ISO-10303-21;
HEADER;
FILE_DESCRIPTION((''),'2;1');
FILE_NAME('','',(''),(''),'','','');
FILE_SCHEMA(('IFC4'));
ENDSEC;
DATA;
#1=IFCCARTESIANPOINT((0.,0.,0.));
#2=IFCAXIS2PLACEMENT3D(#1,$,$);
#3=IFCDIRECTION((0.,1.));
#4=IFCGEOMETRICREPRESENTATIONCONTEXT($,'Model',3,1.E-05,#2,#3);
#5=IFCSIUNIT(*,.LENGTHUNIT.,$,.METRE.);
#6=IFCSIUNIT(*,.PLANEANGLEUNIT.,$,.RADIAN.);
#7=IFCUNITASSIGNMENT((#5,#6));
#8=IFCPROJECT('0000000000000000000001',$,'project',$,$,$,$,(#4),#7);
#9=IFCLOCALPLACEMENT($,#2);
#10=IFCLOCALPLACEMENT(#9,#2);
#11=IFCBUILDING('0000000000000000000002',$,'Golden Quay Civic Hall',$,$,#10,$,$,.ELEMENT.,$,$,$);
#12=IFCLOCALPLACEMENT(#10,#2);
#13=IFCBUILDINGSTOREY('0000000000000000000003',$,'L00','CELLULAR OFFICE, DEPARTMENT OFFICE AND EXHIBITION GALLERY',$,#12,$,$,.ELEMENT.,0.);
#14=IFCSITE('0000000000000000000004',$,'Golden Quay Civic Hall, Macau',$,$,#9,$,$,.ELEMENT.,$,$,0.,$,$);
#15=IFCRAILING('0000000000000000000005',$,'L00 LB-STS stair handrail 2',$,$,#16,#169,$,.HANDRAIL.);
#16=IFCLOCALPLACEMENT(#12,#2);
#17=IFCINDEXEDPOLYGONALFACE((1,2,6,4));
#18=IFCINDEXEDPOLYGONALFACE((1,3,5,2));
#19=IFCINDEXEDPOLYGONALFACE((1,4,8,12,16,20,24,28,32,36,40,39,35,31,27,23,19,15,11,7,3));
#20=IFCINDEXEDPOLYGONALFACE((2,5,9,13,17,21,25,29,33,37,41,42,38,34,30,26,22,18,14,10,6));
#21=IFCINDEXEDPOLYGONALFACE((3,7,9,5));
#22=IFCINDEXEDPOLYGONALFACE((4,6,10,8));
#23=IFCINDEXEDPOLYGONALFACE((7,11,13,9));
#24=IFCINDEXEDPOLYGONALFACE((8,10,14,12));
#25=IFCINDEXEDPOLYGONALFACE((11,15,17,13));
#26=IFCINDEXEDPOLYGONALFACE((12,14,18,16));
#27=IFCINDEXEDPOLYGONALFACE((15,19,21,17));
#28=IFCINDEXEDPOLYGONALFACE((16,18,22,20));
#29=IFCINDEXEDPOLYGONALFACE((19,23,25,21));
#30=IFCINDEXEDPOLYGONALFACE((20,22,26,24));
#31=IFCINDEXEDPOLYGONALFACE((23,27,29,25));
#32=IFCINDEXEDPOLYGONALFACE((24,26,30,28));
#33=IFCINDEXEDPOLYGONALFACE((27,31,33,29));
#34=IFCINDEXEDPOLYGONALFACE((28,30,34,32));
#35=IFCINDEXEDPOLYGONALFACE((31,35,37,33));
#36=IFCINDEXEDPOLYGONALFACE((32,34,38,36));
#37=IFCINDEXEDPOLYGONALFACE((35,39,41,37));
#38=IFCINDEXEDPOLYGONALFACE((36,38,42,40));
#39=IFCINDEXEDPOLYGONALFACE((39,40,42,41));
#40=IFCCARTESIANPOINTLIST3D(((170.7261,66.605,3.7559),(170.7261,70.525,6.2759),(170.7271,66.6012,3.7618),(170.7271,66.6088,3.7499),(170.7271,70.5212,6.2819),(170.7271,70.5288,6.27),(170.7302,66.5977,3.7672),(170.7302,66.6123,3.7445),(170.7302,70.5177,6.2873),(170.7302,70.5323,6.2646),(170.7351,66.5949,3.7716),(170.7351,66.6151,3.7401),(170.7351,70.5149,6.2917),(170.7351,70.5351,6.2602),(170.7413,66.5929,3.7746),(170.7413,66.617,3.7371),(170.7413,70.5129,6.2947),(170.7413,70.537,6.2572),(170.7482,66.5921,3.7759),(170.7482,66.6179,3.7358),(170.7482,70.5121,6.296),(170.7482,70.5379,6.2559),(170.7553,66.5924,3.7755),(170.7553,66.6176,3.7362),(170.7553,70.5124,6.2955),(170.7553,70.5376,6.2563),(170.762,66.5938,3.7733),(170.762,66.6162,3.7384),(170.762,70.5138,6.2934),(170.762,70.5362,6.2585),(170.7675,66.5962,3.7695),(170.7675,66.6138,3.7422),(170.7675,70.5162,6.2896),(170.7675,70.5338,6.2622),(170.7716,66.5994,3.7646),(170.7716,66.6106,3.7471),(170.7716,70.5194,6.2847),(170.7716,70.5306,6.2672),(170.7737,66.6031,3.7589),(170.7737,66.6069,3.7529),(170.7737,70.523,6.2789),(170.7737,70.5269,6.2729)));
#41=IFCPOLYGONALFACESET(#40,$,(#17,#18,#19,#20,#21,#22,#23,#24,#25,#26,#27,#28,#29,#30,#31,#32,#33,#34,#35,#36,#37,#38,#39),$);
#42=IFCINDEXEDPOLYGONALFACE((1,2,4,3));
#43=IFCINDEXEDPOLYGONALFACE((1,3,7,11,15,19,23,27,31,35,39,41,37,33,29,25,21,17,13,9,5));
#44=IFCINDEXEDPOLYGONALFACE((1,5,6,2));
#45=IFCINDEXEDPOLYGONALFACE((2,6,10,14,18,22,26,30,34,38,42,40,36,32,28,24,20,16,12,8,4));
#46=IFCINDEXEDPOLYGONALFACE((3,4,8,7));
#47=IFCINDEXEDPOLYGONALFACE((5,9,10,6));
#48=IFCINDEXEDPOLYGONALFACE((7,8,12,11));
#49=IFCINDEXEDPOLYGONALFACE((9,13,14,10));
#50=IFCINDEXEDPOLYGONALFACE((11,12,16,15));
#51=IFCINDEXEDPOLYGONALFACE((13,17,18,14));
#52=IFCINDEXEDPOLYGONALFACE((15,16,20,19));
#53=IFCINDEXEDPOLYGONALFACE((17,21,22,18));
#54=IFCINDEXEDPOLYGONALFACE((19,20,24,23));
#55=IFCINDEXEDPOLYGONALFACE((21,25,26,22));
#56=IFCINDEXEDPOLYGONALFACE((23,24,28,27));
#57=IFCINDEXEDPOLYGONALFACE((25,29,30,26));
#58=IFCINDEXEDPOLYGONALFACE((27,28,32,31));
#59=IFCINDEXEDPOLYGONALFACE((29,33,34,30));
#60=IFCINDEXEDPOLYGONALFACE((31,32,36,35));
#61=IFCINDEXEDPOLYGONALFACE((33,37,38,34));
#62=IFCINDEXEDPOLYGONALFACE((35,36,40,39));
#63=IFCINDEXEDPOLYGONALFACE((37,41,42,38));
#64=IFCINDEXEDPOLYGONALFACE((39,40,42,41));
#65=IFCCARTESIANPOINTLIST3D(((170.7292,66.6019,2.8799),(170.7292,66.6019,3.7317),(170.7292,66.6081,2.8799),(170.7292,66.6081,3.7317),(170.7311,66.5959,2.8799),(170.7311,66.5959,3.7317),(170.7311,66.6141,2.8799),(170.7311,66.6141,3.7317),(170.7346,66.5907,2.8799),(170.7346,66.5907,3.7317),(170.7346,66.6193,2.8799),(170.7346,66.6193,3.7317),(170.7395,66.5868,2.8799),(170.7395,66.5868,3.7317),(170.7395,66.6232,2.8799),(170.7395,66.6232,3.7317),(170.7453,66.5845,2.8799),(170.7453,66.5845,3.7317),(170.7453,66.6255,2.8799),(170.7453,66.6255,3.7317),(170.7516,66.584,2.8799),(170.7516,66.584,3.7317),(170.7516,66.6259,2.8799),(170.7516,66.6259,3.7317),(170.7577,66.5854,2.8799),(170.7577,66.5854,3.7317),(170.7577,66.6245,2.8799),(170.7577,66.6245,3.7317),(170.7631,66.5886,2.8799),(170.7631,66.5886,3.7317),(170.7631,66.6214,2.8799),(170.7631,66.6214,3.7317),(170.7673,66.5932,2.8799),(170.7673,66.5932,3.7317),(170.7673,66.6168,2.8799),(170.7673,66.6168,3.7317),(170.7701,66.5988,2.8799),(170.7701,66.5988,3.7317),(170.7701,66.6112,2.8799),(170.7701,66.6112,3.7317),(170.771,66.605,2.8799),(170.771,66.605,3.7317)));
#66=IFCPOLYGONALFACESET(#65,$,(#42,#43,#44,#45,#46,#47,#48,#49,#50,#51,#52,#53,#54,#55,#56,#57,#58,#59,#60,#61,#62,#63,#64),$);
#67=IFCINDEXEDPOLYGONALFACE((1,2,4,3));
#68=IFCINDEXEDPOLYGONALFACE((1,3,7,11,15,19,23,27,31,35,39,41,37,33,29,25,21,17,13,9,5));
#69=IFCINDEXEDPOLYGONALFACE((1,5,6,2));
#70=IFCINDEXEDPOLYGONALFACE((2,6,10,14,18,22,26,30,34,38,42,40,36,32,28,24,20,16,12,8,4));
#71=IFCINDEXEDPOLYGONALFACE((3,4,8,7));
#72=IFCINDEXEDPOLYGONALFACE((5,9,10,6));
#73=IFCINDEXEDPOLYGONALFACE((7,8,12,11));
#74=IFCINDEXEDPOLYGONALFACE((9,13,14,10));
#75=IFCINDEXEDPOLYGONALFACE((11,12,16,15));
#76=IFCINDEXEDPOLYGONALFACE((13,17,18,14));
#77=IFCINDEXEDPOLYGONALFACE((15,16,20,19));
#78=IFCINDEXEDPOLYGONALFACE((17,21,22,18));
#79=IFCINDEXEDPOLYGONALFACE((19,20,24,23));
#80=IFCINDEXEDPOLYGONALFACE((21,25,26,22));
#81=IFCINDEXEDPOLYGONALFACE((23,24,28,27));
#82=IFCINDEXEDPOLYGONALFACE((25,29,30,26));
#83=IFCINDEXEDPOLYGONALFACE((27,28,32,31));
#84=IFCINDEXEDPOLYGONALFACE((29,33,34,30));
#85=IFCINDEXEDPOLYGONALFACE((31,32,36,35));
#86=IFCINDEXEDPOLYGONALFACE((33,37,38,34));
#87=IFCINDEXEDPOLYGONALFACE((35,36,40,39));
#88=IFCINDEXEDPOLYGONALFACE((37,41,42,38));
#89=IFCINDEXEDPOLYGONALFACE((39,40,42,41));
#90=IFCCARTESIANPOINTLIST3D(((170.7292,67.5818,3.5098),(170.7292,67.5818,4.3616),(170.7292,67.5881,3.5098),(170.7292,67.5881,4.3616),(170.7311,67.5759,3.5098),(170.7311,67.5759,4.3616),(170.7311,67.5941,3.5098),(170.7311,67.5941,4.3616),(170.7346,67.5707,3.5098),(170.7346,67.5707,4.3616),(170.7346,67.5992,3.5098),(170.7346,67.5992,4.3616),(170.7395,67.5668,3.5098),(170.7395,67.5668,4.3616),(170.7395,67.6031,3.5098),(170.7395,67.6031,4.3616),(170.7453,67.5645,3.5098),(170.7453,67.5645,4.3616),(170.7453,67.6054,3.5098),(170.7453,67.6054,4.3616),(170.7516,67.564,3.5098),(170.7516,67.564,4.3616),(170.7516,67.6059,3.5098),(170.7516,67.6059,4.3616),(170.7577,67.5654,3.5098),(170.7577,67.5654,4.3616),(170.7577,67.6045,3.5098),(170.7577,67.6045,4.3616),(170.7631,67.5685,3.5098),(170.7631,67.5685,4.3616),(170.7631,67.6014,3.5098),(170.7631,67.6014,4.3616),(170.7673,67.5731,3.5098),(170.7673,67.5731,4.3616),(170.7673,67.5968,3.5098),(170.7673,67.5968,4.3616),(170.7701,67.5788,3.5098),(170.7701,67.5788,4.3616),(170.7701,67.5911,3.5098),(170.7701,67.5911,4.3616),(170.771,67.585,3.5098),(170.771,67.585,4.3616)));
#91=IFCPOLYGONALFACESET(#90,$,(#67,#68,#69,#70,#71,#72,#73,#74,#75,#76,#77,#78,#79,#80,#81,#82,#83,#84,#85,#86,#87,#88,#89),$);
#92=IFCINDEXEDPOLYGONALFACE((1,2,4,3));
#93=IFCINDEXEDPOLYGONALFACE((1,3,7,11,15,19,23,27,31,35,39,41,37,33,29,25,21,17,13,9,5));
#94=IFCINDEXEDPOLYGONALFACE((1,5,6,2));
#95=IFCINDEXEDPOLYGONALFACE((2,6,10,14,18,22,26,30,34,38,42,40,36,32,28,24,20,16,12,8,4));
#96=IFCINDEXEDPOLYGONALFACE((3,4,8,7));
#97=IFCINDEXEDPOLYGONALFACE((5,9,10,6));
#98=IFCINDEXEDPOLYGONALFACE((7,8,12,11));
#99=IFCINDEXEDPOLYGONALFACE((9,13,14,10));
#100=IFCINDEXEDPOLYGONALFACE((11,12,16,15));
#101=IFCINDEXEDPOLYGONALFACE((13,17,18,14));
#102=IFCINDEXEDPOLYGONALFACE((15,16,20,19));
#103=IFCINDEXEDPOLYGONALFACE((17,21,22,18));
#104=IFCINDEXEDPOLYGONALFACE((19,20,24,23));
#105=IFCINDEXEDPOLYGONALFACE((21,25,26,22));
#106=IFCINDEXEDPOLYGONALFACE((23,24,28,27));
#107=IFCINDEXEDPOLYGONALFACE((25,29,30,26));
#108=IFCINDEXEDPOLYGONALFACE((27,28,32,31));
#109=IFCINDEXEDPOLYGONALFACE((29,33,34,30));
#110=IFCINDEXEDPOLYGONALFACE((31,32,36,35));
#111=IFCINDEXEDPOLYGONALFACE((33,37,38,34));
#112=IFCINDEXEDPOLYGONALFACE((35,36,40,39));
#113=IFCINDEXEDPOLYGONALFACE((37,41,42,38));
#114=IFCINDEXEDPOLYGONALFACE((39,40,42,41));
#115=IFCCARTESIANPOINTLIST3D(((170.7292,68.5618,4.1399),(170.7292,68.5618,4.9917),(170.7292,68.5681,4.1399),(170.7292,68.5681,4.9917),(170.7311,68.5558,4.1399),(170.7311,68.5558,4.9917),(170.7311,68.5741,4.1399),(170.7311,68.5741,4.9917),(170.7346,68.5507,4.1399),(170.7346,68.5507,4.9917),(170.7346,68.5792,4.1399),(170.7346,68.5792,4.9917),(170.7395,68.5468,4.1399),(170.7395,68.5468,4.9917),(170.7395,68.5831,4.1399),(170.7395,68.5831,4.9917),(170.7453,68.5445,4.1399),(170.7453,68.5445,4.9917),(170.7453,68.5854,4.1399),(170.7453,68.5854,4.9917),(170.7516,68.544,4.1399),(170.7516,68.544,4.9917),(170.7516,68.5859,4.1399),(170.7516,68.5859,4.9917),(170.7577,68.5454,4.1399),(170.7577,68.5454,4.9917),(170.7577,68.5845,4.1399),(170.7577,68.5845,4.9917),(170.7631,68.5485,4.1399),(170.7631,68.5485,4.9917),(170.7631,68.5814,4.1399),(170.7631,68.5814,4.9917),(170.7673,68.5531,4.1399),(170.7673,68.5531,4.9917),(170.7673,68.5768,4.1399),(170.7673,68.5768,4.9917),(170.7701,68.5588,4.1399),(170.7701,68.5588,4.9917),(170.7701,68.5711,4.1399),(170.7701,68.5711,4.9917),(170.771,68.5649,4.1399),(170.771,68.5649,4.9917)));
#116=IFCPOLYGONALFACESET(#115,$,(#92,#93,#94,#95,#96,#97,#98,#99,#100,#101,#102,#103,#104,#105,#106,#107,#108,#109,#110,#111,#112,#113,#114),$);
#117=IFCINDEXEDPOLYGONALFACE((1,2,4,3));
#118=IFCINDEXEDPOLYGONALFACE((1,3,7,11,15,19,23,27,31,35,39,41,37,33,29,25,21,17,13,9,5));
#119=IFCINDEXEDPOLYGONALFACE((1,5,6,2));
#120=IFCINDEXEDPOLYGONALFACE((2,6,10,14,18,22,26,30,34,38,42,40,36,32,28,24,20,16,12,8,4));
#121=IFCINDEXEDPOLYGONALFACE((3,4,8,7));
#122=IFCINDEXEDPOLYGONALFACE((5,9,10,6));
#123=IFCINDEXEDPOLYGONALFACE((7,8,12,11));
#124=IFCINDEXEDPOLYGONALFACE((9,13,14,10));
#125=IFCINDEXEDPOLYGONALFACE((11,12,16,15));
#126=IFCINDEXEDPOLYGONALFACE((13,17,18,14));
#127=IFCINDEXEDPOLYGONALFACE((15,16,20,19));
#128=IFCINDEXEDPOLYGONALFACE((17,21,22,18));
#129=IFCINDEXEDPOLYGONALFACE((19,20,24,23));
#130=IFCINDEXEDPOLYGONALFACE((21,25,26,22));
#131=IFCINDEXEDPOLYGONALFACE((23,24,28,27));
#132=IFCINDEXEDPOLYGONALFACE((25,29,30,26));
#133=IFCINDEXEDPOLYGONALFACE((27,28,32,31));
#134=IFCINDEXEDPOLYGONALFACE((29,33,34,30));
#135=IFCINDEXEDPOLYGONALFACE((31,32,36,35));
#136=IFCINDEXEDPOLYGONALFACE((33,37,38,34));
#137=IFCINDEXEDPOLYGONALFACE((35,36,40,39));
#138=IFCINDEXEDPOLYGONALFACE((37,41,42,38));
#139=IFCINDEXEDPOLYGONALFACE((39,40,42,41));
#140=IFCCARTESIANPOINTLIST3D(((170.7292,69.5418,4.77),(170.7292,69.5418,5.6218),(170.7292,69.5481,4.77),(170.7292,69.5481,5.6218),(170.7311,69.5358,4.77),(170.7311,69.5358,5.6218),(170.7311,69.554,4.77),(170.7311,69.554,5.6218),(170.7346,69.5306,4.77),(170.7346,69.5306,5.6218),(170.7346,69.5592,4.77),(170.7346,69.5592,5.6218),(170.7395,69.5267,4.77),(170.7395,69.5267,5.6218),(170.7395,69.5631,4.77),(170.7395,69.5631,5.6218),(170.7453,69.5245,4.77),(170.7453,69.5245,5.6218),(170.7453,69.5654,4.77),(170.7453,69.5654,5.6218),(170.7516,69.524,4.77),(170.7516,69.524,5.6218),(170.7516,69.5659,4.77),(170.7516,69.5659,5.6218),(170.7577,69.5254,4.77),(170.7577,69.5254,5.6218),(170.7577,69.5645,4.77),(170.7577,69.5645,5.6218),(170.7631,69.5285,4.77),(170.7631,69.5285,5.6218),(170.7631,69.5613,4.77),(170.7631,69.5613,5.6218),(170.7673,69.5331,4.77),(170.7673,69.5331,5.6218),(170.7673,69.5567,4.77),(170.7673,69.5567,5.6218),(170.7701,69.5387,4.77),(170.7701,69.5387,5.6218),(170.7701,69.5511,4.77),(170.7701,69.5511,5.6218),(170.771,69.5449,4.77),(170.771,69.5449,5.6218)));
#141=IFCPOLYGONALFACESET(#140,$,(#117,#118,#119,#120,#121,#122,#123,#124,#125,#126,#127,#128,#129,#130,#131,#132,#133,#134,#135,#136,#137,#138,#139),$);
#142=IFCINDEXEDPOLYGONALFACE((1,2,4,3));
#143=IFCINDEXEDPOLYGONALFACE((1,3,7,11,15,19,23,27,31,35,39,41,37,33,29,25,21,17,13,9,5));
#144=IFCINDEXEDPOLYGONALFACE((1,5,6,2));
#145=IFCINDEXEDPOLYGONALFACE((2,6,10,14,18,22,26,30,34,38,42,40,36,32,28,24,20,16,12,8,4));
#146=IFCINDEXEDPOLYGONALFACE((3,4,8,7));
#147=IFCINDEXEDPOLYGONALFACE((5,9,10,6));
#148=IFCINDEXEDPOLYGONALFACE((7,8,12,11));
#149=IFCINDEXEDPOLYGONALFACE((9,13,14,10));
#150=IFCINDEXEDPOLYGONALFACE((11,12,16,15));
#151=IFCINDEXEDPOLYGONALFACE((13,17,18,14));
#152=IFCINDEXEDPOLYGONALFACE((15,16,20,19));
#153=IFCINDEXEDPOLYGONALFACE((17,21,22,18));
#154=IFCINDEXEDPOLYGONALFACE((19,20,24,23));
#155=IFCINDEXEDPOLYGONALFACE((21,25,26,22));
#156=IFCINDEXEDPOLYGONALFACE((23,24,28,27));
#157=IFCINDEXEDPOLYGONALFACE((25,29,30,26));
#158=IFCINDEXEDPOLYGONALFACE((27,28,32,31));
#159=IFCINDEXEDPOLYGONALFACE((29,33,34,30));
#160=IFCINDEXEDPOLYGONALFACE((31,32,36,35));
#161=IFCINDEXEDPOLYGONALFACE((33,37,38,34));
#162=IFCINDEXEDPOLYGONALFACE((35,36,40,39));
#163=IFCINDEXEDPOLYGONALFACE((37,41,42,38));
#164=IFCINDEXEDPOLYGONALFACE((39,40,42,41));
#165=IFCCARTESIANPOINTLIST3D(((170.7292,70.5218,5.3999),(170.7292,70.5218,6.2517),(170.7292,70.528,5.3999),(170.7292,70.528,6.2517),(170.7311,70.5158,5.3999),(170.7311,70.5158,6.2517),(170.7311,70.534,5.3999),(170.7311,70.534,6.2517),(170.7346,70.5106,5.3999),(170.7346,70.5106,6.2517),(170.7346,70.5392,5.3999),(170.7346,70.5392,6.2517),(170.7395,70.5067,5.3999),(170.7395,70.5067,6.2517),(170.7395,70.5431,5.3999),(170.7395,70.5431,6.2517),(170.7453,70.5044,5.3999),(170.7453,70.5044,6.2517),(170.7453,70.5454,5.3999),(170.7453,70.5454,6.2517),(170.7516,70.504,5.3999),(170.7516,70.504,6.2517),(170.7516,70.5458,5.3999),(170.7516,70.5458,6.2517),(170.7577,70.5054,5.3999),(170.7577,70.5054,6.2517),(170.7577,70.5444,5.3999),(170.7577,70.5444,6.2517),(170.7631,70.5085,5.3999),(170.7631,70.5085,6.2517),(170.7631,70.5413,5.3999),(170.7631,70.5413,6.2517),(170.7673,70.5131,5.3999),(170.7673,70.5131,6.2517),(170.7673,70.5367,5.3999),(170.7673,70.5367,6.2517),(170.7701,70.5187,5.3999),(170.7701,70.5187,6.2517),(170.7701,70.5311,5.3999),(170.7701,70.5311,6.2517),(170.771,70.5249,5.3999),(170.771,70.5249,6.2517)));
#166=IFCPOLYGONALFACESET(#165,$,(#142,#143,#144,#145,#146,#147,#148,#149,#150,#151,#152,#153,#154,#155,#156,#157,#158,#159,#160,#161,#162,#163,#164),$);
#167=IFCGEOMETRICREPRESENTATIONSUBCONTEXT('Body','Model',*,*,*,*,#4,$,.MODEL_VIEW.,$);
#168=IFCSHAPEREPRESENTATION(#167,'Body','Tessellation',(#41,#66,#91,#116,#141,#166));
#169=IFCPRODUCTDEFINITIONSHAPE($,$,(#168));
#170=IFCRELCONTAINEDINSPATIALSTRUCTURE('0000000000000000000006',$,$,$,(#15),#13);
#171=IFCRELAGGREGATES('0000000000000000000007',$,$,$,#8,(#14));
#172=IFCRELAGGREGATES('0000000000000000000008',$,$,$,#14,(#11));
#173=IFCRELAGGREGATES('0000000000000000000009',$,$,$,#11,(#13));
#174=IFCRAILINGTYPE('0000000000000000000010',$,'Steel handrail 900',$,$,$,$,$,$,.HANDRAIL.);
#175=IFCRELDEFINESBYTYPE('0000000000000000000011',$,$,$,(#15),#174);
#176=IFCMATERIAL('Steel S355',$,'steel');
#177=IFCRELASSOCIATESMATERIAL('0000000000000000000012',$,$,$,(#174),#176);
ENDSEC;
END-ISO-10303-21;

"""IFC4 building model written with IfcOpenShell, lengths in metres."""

from ifc_helpers import new_model, si_unit, direction, frame, origin, origin_2d, place, context, subcontext, project, spatial, circle, extrude, material, type_object, element, save


model = new_model("IFC4")

# Units and contexts
model_context = context("Model", 3, precision=1e-05, world=origin(), true_north=direction((0.0, 1.0)))
body_context = subcontext(model_context, "Body", "Model", "MODEL_VIEW")
ifc_project = project(units=[si_unit("LENGTHUNIT", "METRE"), si_unit("PLANEANGLEUNIT", "RADIAN")], contexts=[model_context])

# Site, building, storey
site_placement = place(None, origin())
site = spatial("IfcSite", under=ifc_project, at=site_placement, Name="Golden Quay Civic Hall, Macau", CompositionType="ELEMENT", RefElevation=0.0)
building_placement = place(site_placement, origin())
building = spatial("IfcBuilding", under=site, at=building_placement, Name="Golden Quay Civic Hall", CompositionType="ELEMENT")
storey_placement = place(building_placement, origin())
storey = spatial("IfcBuildingStorey", under=building, at=storey_placement, Name="L00", Description="CELLULAR OFFICE, DEPARTMENT OFFICE AND EXHIBITION GALLERY", CompositionType="ELEMENT", Elevation=0.0)

# Railing
ifc_material_1 = material(Name="Steel S355", Category="steel")
railing_type_1 = type_object("IfcRailingType", Name="Steel handrail 900", PredefinedType="HANDRAIL", material=ifc_material_1)
railing_1_placement = place(storey_placement, frame((170.75, 66.605, 2.8799)))
element("IfcRailing", 1, at=railing_1_placement, inside=storey, type_object=railing_type_1, Name="L00 LB-STS stair handrail 2", PredefinedType="HANDRAIL", context=body_context, shape_type="SweptSolid", body=[
    extrude(circle(Radius=0.0239, at=origin_2d()), frame((0.0, 0.0, 0.876), z_axis=(0.0, 0.841172, 0.540768), x_axis=(-1.0, 0.0, 0.0)), (0.0, 0.0, 1.0), 4.6602),
    extrude(circle(Radius=0.021, at=origin_2d()), origin(), (0.0, 0.0, 1.0), 0.8518),
    extrude(circle(Radius=0.021, at=origin_2d()), frame((0.0, 0.98, 0.6299)), (0.0, 0.0, 1.0), 0.8518),
    extrude(circle(Radius=0.021, at=origin_2d()), frame((0.0, 1.96, 1.26)), (0.0, 0.0, 1.0), 0.8518),
    extrude(circle(Radius=0.021, at=origin_2d()), frame((0.0, 2.9399, 1.8901)), (0.0, 0.0, 1.0), 0.8518),
    extrude(circle(Radius=0.021, at=origin_2d()), frame((0.0, 3.9199, 2.52)), (0.0, 0.0, 1.0), 0.8518),
])

save(model, "model.ifc")
